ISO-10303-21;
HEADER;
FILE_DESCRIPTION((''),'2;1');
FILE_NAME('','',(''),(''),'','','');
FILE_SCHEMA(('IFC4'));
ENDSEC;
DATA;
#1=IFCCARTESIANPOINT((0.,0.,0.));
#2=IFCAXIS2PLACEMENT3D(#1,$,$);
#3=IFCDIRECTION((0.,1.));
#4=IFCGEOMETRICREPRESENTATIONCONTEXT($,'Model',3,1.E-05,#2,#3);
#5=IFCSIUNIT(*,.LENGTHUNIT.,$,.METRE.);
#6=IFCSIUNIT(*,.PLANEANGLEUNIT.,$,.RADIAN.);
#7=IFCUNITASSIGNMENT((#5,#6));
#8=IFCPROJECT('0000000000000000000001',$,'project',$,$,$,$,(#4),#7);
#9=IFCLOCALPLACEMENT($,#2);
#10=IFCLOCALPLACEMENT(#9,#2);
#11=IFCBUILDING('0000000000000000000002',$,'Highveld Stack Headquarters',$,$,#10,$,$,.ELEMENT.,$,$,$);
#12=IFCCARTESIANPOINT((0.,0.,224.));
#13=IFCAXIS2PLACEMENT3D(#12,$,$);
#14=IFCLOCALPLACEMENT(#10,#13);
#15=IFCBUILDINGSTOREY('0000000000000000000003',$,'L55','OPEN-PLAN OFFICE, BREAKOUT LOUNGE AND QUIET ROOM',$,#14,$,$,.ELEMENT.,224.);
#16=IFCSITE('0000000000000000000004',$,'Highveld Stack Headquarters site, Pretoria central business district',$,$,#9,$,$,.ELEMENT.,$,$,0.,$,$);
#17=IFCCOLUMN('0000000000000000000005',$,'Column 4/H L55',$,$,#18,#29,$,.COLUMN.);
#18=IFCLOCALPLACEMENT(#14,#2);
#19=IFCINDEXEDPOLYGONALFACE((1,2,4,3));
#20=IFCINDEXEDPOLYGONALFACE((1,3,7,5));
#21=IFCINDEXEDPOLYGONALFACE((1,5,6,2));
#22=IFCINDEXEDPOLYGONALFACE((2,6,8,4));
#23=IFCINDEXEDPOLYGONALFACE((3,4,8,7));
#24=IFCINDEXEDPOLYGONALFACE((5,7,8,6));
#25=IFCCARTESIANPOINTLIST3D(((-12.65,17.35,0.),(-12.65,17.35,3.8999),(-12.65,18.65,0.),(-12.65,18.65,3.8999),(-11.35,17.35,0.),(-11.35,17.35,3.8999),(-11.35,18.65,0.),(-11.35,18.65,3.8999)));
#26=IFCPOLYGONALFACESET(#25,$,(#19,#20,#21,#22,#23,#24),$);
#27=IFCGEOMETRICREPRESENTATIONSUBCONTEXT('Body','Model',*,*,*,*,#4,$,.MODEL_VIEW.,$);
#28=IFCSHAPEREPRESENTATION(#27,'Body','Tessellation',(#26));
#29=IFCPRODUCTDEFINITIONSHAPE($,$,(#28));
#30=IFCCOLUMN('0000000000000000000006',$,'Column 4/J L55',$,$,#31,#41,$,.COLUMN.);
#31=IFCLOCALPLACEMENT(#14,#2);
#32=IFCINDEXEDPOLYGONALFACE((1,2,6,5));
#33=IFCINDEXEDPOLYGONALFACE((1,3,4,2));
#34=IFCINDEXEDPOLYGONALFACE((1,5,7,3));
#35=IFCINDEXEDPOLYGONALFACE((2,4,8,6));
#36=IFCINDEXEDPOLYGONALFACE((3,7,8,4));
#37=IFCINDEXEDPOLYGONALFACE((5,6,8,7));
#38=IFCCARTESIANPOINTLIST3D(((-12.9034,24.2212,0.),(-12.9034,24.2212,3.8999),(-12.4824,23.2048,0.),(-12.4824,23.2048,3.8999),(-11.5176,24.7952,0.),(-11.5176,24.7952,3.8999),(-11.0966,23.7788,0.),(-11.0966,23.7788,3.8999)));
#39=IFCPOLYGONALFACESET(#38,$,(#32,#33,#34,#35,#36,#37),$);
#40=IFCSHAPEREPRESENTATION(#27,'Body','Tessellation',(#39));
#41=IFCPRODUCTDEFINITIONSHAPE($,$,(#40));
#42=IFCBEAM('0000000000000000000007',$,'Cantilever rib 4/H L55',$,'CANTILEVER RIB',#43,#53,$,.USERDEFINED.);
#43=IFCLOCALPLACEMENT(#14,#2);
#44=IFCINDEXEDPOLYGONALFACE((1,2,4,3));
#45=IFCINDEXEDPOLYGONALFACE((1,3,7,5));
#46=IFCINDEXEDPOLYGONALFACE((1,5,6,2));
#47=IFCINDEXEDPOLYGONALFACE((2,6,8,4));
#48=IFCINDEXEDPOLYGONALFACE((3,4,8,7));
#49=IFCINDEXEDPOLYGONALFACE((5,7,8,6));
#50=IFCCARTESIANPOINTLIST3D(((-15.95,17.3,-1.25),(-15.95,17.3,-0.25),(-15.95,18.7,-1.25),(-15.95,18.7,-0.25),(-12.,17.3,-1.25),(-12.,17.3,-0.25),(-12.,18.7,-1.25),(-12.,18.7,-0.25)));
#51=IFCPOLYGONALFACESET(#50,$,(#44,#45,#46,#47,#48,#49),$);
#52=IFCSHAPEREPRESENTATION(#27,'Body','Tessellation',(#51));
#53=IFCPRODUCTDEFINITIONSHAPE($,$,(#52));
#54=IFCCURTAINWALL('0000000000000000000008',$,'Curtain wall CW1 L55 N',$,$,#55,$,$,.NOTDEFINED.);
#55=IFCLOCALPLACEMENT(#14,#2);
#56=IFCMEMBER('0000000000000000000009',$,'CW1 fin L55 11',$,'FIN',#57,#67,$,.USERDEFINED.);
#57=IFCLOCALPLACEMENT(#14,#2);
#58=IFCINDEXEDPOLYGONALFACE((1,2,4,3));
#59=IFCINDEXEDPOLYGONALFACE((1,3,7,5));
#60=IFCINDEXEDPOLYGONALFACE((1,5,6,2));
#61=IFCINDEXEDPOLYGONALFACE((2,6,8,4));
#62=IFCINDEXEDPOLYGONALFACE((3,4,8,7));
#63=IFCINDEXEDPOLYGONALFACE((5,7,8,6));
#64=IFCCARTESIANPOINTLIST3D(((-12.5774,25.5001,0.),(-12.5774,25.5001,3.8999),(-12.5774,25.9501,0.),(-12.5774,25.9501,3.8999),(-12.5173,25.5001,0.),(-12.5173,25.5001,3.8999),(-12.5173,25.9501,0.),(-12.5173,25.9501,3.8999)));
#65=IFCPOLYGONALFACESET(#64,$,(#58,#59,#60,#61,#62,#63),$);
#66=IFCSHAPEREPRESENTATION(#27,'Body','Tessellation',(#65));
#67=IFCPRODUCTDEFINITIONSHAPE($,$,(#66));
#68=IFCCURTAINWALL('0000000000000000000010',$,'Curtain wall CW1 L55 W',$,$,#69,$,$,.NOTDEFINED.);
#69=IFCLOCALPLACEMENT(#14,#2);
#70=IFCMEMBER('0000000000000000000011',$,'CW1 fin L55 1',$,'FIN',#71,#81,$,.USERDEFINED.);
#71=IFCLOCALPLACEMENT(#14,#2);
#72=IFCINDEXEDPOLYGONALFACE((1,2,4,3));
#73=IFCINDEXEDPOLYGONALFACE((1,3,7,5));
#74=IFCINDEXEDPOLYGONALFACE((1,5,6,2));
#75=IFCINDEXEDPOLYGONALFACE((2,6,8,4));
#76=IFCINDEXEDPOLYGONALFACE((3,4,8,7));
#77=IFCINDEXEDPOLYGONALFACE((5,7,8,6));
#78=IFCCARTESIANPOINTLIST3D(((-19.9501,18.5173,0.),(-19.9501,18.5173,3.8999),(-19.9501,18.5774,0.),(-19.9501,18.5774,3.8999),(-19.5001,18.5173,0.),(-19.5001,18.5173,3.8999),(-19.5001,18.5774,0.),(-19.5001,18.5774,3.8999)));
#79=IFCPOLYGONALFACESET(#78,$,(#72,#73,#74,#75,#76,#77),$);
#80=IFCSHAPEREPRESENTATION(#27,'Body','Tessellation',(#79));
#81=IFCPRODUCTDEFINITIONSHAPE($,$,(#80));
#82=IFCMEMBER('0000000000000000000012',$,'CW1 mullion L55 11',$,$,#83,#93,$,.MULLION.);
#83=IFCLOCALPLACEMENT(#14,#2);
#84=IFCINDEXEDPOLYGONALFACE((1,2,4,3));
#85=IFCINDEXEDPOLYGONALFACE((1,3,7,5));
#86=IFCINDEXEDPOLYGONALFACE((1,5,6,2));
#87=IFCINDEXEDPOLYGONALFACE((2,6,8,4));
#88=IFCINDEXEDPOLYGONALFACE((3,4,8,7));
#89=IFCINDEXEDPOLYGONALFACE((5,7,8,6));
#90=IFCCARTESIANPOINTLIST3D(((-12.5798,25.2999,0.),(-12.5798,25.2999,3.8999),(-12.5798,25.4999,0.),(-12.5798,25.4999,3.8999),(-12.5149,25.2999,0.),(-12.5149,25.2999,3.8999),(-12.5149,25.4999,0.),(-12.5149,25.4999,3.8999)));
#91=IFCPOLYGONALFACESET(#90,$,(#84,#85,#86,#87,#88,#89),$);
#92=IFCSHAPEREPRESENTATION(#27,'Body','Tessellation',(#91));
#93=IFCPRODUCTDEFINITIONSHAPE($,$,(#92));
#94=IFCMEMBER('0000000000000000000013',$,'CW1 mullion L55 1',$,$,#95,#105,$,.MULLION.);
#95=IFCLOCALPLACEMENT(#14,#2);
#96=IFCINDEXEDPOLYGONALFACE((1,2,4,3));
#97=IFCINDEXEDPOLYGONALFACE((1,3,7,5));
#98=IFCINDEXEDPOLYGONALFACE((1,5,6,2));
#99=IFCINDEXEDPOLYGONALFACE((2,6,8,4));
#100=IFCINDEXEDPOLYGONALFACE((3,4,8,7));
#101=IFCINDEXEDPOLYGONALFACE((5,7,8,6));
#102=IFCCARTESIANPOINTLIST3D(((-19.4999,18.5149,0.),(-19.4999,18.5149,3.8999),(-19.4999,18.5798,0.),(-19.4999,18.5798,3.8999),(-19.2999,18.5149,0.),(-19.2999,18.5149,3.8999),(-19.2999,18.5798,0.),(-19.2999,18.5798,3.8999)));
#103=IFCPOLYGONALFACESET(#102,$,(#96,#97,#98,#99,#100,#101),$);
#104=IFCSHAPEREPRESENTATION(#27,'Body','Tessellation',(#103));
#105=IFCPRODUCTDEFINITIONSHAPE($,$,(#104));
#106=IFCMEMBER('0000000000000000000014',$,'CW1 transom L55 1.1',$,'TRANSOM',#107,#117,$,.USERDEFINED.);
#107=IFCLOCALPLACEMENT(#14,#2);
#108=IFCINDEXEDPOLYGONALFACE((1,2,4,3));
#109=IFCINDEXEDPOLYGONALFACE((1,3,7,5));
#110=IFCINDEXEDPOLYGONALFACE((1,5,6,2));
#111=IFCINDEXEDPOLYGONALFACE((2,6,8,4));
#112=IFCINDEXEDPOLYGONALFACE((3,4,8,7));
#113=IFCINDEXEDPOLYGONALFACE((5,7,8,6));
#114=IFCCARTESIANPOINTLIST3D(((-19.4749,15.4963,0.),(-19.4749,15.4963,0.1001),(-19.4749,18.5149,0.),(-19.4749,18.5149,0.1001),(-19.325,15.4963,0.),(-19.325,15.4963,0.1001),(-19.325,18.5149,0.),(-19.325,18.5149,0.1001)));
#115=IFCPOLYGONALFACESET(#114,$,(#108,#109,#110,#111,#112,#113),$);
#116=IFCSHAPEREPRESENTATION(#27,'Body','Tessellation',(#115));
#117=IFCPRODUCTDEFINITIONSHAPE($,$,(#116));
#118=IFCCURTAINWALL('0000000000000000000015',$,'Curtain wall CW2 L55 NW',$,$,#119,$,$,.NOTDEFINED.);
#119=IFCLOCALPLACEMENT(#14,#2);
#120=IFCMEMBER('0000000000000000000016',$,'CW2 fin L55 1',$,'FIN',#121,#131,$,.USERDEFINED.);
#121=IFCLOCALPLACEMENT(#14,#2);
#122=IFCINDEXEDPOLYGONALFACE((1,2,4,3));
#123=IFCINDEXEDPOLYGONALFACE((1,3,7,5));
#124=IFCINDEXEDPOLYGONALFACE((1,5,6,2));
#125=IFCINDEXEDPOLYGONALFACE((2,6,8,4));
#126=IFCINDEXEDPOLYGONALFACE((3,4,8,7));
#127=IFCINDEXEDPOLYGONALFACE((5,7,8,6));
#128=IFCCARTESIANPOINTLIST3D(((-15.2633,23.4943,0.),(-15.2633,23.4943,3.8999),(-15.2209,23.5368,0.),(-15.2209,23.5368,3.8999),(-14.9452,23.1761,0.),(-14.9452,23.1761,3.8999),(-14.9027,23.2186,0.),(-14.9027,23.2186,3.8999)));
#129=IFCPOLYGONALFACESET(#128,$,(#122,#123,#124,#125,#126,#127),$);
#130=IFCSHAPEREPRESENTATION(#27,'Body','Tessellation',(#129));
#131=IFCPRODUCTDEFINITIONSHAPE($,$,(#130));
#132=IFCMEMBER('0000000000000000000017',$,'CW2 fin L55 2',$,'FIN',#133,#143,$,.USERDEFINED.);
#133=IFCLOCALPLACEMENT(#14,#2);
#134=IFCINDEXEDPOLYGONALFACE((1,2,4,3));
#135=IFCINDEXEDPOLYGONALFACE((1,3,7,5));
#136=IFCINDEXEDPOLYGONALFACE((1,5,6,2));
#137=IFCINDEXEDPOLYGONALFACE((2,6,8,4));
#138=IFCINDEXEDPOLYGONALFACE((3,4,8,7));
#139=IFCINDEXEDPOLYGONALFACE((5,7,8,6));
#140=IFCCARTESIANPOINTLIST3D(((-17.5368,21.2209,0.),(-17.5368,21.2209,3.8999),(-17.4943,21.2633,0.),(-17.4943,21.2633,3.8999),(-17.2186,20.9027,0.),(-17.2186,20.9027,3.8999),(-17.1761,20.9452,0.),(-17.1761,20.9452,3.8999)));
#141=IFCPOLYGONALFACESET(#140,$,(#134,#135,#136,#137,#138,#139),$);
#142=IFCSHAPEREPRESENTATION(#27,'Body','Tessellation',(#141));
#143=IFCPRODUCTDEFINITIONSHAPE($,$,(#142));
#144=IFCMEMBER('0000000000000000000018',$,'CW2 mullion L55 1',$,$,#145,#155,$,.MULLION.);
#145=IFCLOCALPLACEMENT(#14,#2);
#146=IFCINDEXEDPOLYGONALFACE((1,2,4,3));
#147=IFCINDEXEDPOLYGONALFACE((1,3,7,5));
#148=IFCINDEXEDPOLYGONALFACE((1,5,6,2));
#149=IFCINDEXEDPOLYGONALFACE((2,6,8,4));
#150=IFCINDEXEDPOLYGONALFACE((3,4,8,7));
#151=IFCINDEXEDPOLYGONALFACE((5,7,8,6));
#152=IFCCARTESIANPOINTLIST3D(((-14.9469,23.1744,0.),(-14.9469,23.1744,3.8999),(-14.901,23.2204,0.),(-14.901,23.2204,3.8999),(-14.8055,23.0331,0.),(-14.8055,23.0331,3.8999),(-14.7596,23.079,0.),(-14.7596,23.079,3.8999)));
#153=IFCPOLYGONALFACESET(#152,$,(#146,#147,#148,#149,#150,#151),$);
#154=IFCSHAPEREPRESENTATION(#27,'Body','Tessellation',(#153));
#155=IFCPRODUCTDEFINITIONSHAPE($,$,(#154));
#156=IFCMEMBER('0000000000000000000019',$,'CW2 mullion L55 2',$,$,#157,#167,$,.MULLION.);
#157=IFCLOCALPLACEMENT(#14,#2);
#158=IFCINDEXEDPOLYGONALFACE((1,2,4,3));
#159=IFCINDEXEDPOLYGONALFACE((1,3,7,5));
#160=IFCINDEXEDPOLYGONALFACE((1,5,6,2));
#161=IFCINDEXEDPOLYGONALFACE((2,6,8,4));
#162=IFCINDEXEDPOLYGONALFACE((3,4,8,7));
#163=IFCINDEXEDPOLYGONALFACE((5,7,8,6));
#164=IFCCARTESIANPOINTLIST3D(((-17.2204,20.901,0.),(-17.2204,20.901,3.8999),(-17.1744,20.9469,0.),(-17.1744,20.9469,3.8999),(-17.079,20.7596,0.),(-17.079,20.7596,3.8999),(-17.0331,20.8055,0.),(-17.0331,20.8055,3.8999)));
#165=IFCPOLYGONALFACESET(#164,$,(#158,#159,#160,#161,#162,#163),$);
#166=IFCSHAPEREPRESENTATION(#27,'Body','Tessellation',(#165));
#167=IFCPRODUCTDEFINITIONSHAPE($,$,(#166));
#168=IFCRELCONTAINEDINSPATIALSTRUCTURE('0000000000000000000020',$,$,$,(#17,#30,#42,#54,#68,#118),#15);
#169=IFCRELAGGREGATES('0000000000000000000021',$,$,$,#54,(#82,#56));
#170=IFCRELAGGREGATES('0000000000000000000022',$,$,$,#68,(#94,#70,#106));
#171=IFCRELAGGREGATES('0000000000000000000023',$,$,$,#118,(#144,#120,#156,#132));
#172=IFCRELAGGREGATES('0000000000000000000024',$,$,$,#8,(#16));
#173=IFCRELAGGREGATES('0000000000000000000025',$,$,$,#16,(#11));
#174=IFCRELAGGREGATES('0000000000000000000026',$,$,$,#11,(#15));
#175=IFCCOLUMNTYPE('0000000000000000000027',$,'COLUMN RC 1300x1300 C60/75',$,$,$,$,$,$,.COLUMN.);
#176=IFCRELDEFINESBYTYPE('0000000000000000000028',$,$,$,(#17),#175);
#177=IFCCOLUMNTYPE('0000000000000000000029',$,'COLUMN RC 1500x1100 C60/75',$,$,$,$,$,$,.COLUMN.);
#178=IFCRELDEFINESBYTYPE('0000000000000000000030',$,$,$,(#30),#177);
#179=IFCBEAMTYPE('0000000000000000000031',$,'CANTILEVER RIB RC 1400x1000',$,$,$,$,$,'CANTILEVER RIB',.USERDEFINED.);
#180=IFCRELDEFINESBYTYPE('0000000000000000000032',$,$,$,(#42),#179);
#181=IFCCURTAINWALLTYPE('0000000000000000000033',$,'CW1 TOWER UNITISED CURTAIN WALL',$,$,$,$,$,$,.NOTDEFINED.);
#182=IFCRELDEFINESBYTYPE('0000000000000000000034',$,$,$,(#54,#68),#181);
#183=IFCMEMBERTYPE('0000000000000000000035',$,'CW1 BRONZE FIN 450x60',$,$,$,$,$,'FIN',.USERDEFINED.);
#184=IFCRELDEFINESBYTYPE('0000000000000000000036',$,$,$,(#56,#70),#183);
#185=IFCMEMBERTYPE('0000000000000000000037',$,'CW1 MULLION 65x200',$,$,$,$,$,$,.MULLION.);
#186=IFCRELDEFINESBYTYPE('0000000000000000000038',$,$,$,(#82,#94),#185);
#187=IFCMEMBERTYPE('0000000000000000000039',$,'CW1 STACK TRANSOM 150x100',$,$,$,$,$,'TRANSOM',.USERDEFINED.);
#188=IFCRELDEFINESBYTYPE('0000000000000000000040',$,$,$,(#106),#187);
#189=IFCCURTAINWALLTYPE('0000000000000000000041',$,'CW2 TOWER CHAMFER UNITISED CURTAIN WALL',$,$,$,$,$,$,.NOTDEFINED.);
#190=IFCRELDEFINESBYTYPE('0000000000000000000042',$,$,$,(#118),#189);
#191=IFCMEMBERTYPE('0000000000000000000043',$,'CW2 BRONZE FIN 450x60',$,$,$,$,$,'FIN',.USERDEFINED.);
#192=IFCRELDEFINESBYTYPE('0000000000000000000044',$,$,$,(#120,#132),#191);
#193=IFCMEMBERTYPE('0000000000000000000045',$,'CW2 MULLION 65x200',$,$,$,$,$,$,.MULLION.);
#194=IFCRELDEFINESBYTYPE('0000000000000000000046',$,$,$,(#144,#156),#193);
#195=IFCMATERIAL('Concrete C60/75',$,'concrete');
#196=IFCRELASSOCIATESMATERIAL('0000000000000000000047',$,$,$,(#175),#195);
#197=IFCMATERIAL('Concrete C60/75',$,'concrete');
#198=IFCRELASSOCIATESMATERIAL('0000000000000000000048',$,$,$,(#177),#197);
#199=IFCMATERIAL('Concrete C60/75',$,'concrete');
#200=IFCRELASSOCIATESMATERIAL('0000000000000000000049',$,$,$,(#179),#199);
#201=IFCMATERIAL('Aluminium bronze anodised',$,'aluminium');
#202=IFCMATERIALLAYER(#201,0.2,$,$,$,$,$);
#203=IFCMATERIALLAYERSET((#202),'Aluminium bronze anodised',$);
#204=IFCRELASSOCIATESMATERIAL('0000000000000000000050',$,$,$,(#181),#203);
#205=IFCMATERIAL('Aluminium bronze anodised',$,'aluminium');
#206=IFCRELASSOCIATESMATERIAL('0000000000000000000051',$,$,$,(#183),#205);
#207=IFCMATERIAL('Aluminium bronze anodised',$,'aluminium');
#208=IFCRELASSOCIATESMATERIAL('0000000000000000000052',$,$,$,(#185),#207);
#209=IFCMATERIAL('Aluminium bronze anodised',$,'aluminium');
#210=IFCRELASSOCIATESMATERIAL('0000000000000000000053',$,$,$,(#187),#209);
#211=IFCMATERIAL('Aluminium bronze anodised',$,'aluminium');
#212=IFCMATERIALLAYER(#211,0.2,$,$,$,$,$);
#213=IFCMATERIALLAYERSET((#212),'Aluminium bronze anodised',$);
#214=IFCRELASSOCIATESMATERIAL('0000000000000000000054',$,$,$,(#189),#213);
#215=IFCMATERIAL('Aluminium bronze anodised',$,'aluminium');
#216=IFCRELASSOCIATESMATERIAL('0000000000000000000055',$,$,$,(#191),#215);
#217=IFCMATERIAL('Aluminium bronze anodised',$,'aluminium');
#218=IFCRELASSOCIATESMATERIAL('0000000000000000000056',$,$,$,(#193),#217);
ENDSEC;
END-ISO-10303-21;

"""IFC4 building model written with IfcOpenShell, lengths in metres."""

from ifc_helpers import new_model, si_unit, direction, frame, origin, origin_2d, place, context, subcontext, project, spatial, rectangle, extrude, material, layer, layer_set, material_profile, profile_set, type_object, element, aggregate, save


model = new_model("IFC4")

# Units and contexts
model_context = context("Model", 3, precision=1e-05, world=origin(), true_north=direction((0.0, 1.0)))
body_context = subcontext(model_context, "Body", "Model", "MODEL_VIEW")
ifc_project = project(units=[si_unit("LENGTHUNIT", "METRE"), si_unit("PLANEANGLEUNIT", "RADIAN")], contexts=[model_context])

# Site, building, storey
site_placement = place(None, origin())
site = spatial("IfcSite", under=ifc_project, at=site_placement, Name="Highveld Stack Headquarters site, Pretoria central business district", CompositionType="ELEMENT", RefElevation=0.0)
building_placement = place(site_placement, origin())
building = spatial("IfcBuilding", under=site, at=building_placement, Name="Highveld Stack Headquarters", CompositionType="ELEMENT")
storey_placement = place(building_placement, frame((0.0, 0.0, 224.0)))
storey = spatial("IfcBuildingStorey", under=building, at=storey_placement, Name="L55", Description="OPEN-PLAN OFFICE, BREAKOUT LOUNGE AND QUIET ROOM", CompositionType="ELEMENT", Elevation=224.0)

# Columns
ifc_material_1 = material(Name="Concrete C60/75", Category="concrete")
ifc_material_profile_1 = material_profile(ifc_material_1, rectangle(XDim=1.3, YDim=1.3, at=origin_2d()), Name="RC 1300x1300")
ifc_profile_set_1 = profile_set([ifc_material_profile_1], Name="Concrete C60/75")
column_type_1 = type_object("IfcColumnType", Name="COLUMN RC 1300x1300 C60/75", PredefinedType="COLUMN", material=ifc_profile_set_1)
column_1_placement = place(storey_placement, frame((-12.0, 18.0, 0.0), z_axis=(0.0, 0.0, 1.0), x_axis=(1.0, 0.0, 0.0)))
element("IfcColumn", 1, at=column_1_placement, inside=storey, type_object=column_type_1, Name="Column 4/H L55", PredefinedType="COLUMN", context=body_context, shape_type="SweptSolid", body=[
    extrude(rectangle(XDim=1.3, YDim=1.3, at=origin_2d()), origin(), (0.0, 0.0, 1.0), 3.8999),
])
ifc_material_2 = material(Name="Concrete C60/75", Category="concrete")
ifc_material_profile_2 = material_profile(ifc_material_2, rectangle(XDim=1.5, YDim=1.1001, at=origin_2d()), Name="RC 1500x1100")
ifc_profile_set_2 = profile_set([ifc_material_profile_2], Name="Concrete C60/75")
column_type_2 = type_object("IfcColumnType", Name="COLUMN RC 1500x1100 C60/75", PredefinedType="COLUMN", material=ifc_profile_set_2)
column_2_placement = place(storey_placement, frame((-12.0, 24.0, 0.0), z_axis=(0.0, 0.0, 1.0), x_axis=(0.92388, 0.382683, 0.0)))
element("IfcColumn", 2, at=column_2_placement, inside=storey, type_object=column_type_2, Name="Column 4/J L55", PredefinedType="COLUMN", context=body_context, shape_type="SweptSolid", body=[
    extrude(rectangle(XDim=1.5, YDim=1.1001, at=origin_2d()), origin(), (0.0, 0.0, 1.0), 3.8999),
])

# Beam
ifc_material_3 = material(Name="Concrete C60/75", Category="concrete")
ifc_material_profile_3 = material_profile(ifc_material_3, rectangle(XDim=1.3999, YDim=1.0, at=origin_2d()), Name="RC 1400x1000")
ifc_profile_set_3 = profile_set([ifc_material_profile_3], Name="Concrete C60/75")
beam_type = type_object("IfcBeamType", Name="CANTILEVER RIB RC 1400x1000", ElementType="CANTILEVER RIB", PredefinedType="USERDEFINED", material=ifc_profile_set_3)
beam_placement = place(storey_placement, frame((-12.0, 18.0, -0.75), z_axis=(-1.0, 0.0, 0.0), x_axis=(0.0, -1.0, 0.0)))
element("IfcBeam", 3, at=beam_placement, inside=storey, type_object=beam_type, Name="Cantilever rib 4/H L55", ObjectType="CANTILEVER RIB", PredefinedType="USERDEFINED", context=body_context, shape_type="SweptSolid", body=[
    extrude(rectangle(XDim=1.3999, YDim=1.0, at=origin_2d()), origin(), (0.0, 0.0, 1.0), 3.95),
])

# Curtain walls, members
ifc_material_4 = material(Name="Aluminium bronze anodised", Category="aluminium")
ifc_layer_1 = layer(ifc_material_4, 0.2)
ifc_layer_set_1 = layer_set([ifc_layer_1], Name="Aluminium bronze anodised")
curtain_wall_type_1 = type_object("IfcCurtainWallType", Name="CW1 TOWER UNITISED CURTAIN WALL", PredefinedType="NOTDEFINED", material=ifc_layer_set_1)
curtain_wall_1_placement = place(storey_placement, origin())
curtain_wall_1 = element("IfcCurtainWall", 4, at=curtain_wall_1_placement, inside=storey, type_object=curtain_wall_type_1, Name="Curtain wall CW1 L55 N", PredefinedType="NOTDEFINED")
ifc_material_5 = material(Name="Aluminium bronze anodised", Category="aluminium")
ifc_material_profile_4 = material_profile(ifc_material_5, rectangle(XDim=0.45, YDim=0.0601, at=origin_2d()), Name="FIN 450x60")
ifc_profile_set_4 = profile_set([ifc_material_profile_4], Name="Aluminium bronze anodised")
member_type_1 = type_object("IfcMemberType", Name="CW1 BRONZE FIN 450x60", ElementType="FIN", PredefinedType="USERDEFINED", material=ifc_profile_set_4)
member_1_placement = place(storey_placement, frame((-12.5474, 25.7251, 0.0), z_axis=(0.0, 0.0, 1.0), x_axis=(0.0, -1.0, 0.0)))
member_1 = element("IfcMember", 5, at=member_1_placement, type_object=member_type_1, Name="CW1 fin L55 11", ObjectType="FIN", PredefinedType="USERDEFINED", context=body_context, shape_type="SweptSolid", body=[
    extrude(rectangle(XDim=0.45, YDim=0.0601, at=origin_2d()), origin(), (0.0, 0.0, 1.0), 3.8999),
])
curtain_wall_2_placement = place(storey_placement, origin())
curtain_wall_2 = element("IfcCurtainWall", 6, at=curtain_wall_2_placement, inside=storey, type_object=curtain_wall_type_1, Name="Curtain wall CW1 L55 W", PredefinedType="NOTDEFINED")
member_2_placement = place(storey_placement, frame((-19.7251, 18.5474, 0.0), z_axis=(0.0, 0.0, 1.0), x_axis=(1.0, 0.0, 0.0)))
member_2 = element("IfcMember", 7, at=member_2_placement, type_object=member_type_1, Name="CW1 fin L55 1", ObjectType="FIN", PredefinedType="USERDEFINED", context=body_context, shape_type="SweptSolid", body=[
    extrude(rectangle(XDim=0.45, YDim=0.0601, at=origin_2d()), origin(), (0.0, 0.0, 1.0), 3.8999),
])

# Members
ifc_material_6 = material(Name="Aluminium bronze anodised", Category="aluminium")
ifc_material_profile_5 = material_profile(ifc_material_6, rectangle(XDim=0.2, YDim=0.0649, at=origin_2d()), Name="CW1 MULLION 65x200")
ifc_profile_set_5 = profile_set([ifc_material_profile_5], Name="Aluminium bronze anodised")
member_type_2 = type_object("IfcMemberType", Name="CW1 MULLION 65x200", PredefinedType="MULLION", material=ifc_profile_set_5)
member_3_placement = place(storey_placement, frame((-12.5474, 25.3999, 0.0), z_axis=(0.0, 0.0, 1.0), x_axis=(0.0, -1.0, 0.0)))
member_3 = element("IfcMember", 8, at=member_3_placement, type_object=member_type_2, Name="CW1 mullion L55 11", PredefinedType="MULLION", context=body_context, shape_type="SweptSolid", body=[
    extrude(rectangle(XDim=0.2, YDim=0.0649, at=origin_2d()), origin(), (0.0, 0.0, 1.0), 3.8999),
])
aggregate(curtain_wall_1, [member_3, member_1])
member_4_placement = place(storey_placement, frame((-19.3999, 18.5474, 0.0), z_axis=(0.0, 0.0, 1.0), x_axis=(1.0, 0.0, 0.0)))
member_4 = element("IfcMember", 9, at=member_4_placement, type_object=member_type_2, Name="CW1 mullion L55 1", PredefinedType="MULLION", context=body_context, shape_type="SweptSolid", body=[
    extrude(rectangle(XDim=0.2, YDim=0.0649, at=origin_2d()), origin(), (0.0, 0.0, 1.0), 3.8999),
])
ifc_material_7 = material(Name="Aluminium bronze anodised", Category="aluminium")
ifc_material_profile_6 = material_profile(ifc_material_7, rectangle(XDim=0.1499, YDim=0.1001, at=origin_2d()), Name="CW1 TRANSOM 150x100")
ifc_profile_set_6 = profile_set([ifc_material_profile_6], Name="Aluminium bronze anodised")
member_type_3 = type_object("IfcMemberType", Name="CW1 STACK TRANSOM 150x100", ElementType="TRANSOM", PredefinedType="USERDEFINED", material=ifc_profile_set_6)
member_5_placement = place(storey_placement, frame((-19.3999, 18.5149, 0.05), z_axis=(0.0, -1.0, 0.0), x_axis=(1.0, 0.0, 0.0)))
member_5 = element("IfcMember", 10, at=member_5_placement, type_object=member_type_3, Name="CW1 transom L55 1.1", ObjectType="TRANSOM", PredefinedType="USERDEFINED", context=body_context, shape_type="SweptSolid", body=[
    extrude(rectangle(XDim=0.1499, YDim=0.1001, at=origin_2d()), origin(), (0.0, 0.0, 1.0), 3.0186),
])

# Curtain wall, members
ifc_material_8 = material(Name="Aluminium bronze anodised", Category="aluminium")
ifc_layer_2 = layer(ifc_material_8, 0.2)
ifc_layer_set_2 = layer_set([ifc_layer_2], Name="Aluminium bronze anodised")
curtain_wall_type_2 = type_object("IfcCurtainWallType", Name="CW2 TOWER CHAMFER UNITISED CURTAIN WALL", PredefinedType="NOTDEFINED", material=ifc_layer_set_2)
curtain_wall_3_placement = place(storey_placement, origin())
curtain_wall_3 = element("IfcCurtainWall", 11, at=curtain_wall_3_placement, inside=storey, type_object=curtain_wall_type_2, Name="Curtain wall CW2 L55 NW", PredefinedType="NOTDEFINED")
ifc_material_9 = material(Name="Aluminium bronze anodised", Category="aluminium")
ifc_material_profile_7 = material_profile(ifc_material_9, rectangle(XDim=0.45, YDim=0.0601, at=origin_2d()), Name="FIN 450x60")
ifc_profile_set_7 = profile_set([ifc_material_profile_7], Name="Aluminium bronze anodised")
member_type_4 = type_object("IfcMemberType", Name="CW2 BRONZE FIN 450x60", ElementType="FIN", PredefinedType="USERDEFINED", material=ifc_profile_set_7)
member_6_placement = place(storey_placement, frame((-15.083, 23.3564, 0.0), z_axis=(0.0, 0.0, 1.0), x_axis=(0.707107, -0.707107, 0.0)))
member_6 = element("IfcMember", 12, at=member_6_placement, type_object=member_type_4, Name="CW2 fin L55 1", ObjectType="FIN", PredefinedType="USERDEFINED", context=body_context, shape_type="SweptSolid", body=[
    extrude(rectangle(XDim=0.45, YDim=0.0601, at=origin_2d()), origin(), (0.0, 0.0, 1.0), 3.8999),
])
member_7_placement = place(storey_placement, frame((-17.3564, 21.083, 0.0), z_axis=(0.0, 0.0, 1.0), x_axis=(0.707107, -0.707107, 0.0)))
member_7 = element("IfcMember", 13, at=member_7_placement, type_object=member_type_4, Name="CW2 fin L55 2", ObjectType="FIN", PredefinedType="USERDEFINED", context=body_context, shape_type="SweptSolid", body=[
    extrude(rectangle(XDim=0.45, YDim=0.0601, at=origin_2d()), origin(), (0.0, 0.0, 1.0), 3.8999),
])
ifc_material_10 = material(Name="Aluminium bronze anodised", Category="aluminium")
ifc_material_profile_8 = material_profile(ifc_material_10, rectangle(XDim=0.2, YDim=0.0649, at=origin_2d()), Name="CW2 MULLION 65x200")
ifc_profile_set_8 = profile_set([ifc_material_profile_8], Name="Aluminium bronze anodised")
member_type_5 = type_object("IfcMemberType", Name="CW2 MULLION 65x200", PredefinedType="MULLION", material=ifc_profile_set_8)
member_8_placement = place(storey_placement, frame((-14.8533, 23.1267, 0.0), z_axis=(0.0, 0.0, 1.0), x_axis=(0.707107, -0.707107, 0.0)))
member_8 = element("IfcMember", 14, at=member_8_placement, type_object=member_type_5, Name="CW2 mullion L55 1", PredefinedType="MULLION", context=body_context, shape_type="SweptSolid", body=[
    extrude(rectangle(XDim=0.2, YDim=0.0649, at=origin_2d()), origin(), (0.0, 0.0, 1.0), 3.8999),
])
member_9_placement = place(storey_placement, frame((-17.1267, 20.8533, 0.0), z_axis=(0.0, 0.0, 1.0), x_axis=(0.707107, -0.707107, 0.0)))
member_9 = element("IfcMember", 15, at=member_9_placement, type_object=member_type_5, Name="CW2 mullion L55 2", PredefinedType="MULLION", context=body_context, shape_type="SweptSolid", body=[
    extrude(rectangle(XDim=0.2, YDim=0.0649, at=origin_2d()), origin(), (0.0, 0.0, 1.0), 3.8999),
])

aggregate(curtain_wall_2, [member_4, member_2, member_5])
aggregate(curtain_wall_3, [member_8, member_6, member_9, member_7])

save(model, "model.ifc")
